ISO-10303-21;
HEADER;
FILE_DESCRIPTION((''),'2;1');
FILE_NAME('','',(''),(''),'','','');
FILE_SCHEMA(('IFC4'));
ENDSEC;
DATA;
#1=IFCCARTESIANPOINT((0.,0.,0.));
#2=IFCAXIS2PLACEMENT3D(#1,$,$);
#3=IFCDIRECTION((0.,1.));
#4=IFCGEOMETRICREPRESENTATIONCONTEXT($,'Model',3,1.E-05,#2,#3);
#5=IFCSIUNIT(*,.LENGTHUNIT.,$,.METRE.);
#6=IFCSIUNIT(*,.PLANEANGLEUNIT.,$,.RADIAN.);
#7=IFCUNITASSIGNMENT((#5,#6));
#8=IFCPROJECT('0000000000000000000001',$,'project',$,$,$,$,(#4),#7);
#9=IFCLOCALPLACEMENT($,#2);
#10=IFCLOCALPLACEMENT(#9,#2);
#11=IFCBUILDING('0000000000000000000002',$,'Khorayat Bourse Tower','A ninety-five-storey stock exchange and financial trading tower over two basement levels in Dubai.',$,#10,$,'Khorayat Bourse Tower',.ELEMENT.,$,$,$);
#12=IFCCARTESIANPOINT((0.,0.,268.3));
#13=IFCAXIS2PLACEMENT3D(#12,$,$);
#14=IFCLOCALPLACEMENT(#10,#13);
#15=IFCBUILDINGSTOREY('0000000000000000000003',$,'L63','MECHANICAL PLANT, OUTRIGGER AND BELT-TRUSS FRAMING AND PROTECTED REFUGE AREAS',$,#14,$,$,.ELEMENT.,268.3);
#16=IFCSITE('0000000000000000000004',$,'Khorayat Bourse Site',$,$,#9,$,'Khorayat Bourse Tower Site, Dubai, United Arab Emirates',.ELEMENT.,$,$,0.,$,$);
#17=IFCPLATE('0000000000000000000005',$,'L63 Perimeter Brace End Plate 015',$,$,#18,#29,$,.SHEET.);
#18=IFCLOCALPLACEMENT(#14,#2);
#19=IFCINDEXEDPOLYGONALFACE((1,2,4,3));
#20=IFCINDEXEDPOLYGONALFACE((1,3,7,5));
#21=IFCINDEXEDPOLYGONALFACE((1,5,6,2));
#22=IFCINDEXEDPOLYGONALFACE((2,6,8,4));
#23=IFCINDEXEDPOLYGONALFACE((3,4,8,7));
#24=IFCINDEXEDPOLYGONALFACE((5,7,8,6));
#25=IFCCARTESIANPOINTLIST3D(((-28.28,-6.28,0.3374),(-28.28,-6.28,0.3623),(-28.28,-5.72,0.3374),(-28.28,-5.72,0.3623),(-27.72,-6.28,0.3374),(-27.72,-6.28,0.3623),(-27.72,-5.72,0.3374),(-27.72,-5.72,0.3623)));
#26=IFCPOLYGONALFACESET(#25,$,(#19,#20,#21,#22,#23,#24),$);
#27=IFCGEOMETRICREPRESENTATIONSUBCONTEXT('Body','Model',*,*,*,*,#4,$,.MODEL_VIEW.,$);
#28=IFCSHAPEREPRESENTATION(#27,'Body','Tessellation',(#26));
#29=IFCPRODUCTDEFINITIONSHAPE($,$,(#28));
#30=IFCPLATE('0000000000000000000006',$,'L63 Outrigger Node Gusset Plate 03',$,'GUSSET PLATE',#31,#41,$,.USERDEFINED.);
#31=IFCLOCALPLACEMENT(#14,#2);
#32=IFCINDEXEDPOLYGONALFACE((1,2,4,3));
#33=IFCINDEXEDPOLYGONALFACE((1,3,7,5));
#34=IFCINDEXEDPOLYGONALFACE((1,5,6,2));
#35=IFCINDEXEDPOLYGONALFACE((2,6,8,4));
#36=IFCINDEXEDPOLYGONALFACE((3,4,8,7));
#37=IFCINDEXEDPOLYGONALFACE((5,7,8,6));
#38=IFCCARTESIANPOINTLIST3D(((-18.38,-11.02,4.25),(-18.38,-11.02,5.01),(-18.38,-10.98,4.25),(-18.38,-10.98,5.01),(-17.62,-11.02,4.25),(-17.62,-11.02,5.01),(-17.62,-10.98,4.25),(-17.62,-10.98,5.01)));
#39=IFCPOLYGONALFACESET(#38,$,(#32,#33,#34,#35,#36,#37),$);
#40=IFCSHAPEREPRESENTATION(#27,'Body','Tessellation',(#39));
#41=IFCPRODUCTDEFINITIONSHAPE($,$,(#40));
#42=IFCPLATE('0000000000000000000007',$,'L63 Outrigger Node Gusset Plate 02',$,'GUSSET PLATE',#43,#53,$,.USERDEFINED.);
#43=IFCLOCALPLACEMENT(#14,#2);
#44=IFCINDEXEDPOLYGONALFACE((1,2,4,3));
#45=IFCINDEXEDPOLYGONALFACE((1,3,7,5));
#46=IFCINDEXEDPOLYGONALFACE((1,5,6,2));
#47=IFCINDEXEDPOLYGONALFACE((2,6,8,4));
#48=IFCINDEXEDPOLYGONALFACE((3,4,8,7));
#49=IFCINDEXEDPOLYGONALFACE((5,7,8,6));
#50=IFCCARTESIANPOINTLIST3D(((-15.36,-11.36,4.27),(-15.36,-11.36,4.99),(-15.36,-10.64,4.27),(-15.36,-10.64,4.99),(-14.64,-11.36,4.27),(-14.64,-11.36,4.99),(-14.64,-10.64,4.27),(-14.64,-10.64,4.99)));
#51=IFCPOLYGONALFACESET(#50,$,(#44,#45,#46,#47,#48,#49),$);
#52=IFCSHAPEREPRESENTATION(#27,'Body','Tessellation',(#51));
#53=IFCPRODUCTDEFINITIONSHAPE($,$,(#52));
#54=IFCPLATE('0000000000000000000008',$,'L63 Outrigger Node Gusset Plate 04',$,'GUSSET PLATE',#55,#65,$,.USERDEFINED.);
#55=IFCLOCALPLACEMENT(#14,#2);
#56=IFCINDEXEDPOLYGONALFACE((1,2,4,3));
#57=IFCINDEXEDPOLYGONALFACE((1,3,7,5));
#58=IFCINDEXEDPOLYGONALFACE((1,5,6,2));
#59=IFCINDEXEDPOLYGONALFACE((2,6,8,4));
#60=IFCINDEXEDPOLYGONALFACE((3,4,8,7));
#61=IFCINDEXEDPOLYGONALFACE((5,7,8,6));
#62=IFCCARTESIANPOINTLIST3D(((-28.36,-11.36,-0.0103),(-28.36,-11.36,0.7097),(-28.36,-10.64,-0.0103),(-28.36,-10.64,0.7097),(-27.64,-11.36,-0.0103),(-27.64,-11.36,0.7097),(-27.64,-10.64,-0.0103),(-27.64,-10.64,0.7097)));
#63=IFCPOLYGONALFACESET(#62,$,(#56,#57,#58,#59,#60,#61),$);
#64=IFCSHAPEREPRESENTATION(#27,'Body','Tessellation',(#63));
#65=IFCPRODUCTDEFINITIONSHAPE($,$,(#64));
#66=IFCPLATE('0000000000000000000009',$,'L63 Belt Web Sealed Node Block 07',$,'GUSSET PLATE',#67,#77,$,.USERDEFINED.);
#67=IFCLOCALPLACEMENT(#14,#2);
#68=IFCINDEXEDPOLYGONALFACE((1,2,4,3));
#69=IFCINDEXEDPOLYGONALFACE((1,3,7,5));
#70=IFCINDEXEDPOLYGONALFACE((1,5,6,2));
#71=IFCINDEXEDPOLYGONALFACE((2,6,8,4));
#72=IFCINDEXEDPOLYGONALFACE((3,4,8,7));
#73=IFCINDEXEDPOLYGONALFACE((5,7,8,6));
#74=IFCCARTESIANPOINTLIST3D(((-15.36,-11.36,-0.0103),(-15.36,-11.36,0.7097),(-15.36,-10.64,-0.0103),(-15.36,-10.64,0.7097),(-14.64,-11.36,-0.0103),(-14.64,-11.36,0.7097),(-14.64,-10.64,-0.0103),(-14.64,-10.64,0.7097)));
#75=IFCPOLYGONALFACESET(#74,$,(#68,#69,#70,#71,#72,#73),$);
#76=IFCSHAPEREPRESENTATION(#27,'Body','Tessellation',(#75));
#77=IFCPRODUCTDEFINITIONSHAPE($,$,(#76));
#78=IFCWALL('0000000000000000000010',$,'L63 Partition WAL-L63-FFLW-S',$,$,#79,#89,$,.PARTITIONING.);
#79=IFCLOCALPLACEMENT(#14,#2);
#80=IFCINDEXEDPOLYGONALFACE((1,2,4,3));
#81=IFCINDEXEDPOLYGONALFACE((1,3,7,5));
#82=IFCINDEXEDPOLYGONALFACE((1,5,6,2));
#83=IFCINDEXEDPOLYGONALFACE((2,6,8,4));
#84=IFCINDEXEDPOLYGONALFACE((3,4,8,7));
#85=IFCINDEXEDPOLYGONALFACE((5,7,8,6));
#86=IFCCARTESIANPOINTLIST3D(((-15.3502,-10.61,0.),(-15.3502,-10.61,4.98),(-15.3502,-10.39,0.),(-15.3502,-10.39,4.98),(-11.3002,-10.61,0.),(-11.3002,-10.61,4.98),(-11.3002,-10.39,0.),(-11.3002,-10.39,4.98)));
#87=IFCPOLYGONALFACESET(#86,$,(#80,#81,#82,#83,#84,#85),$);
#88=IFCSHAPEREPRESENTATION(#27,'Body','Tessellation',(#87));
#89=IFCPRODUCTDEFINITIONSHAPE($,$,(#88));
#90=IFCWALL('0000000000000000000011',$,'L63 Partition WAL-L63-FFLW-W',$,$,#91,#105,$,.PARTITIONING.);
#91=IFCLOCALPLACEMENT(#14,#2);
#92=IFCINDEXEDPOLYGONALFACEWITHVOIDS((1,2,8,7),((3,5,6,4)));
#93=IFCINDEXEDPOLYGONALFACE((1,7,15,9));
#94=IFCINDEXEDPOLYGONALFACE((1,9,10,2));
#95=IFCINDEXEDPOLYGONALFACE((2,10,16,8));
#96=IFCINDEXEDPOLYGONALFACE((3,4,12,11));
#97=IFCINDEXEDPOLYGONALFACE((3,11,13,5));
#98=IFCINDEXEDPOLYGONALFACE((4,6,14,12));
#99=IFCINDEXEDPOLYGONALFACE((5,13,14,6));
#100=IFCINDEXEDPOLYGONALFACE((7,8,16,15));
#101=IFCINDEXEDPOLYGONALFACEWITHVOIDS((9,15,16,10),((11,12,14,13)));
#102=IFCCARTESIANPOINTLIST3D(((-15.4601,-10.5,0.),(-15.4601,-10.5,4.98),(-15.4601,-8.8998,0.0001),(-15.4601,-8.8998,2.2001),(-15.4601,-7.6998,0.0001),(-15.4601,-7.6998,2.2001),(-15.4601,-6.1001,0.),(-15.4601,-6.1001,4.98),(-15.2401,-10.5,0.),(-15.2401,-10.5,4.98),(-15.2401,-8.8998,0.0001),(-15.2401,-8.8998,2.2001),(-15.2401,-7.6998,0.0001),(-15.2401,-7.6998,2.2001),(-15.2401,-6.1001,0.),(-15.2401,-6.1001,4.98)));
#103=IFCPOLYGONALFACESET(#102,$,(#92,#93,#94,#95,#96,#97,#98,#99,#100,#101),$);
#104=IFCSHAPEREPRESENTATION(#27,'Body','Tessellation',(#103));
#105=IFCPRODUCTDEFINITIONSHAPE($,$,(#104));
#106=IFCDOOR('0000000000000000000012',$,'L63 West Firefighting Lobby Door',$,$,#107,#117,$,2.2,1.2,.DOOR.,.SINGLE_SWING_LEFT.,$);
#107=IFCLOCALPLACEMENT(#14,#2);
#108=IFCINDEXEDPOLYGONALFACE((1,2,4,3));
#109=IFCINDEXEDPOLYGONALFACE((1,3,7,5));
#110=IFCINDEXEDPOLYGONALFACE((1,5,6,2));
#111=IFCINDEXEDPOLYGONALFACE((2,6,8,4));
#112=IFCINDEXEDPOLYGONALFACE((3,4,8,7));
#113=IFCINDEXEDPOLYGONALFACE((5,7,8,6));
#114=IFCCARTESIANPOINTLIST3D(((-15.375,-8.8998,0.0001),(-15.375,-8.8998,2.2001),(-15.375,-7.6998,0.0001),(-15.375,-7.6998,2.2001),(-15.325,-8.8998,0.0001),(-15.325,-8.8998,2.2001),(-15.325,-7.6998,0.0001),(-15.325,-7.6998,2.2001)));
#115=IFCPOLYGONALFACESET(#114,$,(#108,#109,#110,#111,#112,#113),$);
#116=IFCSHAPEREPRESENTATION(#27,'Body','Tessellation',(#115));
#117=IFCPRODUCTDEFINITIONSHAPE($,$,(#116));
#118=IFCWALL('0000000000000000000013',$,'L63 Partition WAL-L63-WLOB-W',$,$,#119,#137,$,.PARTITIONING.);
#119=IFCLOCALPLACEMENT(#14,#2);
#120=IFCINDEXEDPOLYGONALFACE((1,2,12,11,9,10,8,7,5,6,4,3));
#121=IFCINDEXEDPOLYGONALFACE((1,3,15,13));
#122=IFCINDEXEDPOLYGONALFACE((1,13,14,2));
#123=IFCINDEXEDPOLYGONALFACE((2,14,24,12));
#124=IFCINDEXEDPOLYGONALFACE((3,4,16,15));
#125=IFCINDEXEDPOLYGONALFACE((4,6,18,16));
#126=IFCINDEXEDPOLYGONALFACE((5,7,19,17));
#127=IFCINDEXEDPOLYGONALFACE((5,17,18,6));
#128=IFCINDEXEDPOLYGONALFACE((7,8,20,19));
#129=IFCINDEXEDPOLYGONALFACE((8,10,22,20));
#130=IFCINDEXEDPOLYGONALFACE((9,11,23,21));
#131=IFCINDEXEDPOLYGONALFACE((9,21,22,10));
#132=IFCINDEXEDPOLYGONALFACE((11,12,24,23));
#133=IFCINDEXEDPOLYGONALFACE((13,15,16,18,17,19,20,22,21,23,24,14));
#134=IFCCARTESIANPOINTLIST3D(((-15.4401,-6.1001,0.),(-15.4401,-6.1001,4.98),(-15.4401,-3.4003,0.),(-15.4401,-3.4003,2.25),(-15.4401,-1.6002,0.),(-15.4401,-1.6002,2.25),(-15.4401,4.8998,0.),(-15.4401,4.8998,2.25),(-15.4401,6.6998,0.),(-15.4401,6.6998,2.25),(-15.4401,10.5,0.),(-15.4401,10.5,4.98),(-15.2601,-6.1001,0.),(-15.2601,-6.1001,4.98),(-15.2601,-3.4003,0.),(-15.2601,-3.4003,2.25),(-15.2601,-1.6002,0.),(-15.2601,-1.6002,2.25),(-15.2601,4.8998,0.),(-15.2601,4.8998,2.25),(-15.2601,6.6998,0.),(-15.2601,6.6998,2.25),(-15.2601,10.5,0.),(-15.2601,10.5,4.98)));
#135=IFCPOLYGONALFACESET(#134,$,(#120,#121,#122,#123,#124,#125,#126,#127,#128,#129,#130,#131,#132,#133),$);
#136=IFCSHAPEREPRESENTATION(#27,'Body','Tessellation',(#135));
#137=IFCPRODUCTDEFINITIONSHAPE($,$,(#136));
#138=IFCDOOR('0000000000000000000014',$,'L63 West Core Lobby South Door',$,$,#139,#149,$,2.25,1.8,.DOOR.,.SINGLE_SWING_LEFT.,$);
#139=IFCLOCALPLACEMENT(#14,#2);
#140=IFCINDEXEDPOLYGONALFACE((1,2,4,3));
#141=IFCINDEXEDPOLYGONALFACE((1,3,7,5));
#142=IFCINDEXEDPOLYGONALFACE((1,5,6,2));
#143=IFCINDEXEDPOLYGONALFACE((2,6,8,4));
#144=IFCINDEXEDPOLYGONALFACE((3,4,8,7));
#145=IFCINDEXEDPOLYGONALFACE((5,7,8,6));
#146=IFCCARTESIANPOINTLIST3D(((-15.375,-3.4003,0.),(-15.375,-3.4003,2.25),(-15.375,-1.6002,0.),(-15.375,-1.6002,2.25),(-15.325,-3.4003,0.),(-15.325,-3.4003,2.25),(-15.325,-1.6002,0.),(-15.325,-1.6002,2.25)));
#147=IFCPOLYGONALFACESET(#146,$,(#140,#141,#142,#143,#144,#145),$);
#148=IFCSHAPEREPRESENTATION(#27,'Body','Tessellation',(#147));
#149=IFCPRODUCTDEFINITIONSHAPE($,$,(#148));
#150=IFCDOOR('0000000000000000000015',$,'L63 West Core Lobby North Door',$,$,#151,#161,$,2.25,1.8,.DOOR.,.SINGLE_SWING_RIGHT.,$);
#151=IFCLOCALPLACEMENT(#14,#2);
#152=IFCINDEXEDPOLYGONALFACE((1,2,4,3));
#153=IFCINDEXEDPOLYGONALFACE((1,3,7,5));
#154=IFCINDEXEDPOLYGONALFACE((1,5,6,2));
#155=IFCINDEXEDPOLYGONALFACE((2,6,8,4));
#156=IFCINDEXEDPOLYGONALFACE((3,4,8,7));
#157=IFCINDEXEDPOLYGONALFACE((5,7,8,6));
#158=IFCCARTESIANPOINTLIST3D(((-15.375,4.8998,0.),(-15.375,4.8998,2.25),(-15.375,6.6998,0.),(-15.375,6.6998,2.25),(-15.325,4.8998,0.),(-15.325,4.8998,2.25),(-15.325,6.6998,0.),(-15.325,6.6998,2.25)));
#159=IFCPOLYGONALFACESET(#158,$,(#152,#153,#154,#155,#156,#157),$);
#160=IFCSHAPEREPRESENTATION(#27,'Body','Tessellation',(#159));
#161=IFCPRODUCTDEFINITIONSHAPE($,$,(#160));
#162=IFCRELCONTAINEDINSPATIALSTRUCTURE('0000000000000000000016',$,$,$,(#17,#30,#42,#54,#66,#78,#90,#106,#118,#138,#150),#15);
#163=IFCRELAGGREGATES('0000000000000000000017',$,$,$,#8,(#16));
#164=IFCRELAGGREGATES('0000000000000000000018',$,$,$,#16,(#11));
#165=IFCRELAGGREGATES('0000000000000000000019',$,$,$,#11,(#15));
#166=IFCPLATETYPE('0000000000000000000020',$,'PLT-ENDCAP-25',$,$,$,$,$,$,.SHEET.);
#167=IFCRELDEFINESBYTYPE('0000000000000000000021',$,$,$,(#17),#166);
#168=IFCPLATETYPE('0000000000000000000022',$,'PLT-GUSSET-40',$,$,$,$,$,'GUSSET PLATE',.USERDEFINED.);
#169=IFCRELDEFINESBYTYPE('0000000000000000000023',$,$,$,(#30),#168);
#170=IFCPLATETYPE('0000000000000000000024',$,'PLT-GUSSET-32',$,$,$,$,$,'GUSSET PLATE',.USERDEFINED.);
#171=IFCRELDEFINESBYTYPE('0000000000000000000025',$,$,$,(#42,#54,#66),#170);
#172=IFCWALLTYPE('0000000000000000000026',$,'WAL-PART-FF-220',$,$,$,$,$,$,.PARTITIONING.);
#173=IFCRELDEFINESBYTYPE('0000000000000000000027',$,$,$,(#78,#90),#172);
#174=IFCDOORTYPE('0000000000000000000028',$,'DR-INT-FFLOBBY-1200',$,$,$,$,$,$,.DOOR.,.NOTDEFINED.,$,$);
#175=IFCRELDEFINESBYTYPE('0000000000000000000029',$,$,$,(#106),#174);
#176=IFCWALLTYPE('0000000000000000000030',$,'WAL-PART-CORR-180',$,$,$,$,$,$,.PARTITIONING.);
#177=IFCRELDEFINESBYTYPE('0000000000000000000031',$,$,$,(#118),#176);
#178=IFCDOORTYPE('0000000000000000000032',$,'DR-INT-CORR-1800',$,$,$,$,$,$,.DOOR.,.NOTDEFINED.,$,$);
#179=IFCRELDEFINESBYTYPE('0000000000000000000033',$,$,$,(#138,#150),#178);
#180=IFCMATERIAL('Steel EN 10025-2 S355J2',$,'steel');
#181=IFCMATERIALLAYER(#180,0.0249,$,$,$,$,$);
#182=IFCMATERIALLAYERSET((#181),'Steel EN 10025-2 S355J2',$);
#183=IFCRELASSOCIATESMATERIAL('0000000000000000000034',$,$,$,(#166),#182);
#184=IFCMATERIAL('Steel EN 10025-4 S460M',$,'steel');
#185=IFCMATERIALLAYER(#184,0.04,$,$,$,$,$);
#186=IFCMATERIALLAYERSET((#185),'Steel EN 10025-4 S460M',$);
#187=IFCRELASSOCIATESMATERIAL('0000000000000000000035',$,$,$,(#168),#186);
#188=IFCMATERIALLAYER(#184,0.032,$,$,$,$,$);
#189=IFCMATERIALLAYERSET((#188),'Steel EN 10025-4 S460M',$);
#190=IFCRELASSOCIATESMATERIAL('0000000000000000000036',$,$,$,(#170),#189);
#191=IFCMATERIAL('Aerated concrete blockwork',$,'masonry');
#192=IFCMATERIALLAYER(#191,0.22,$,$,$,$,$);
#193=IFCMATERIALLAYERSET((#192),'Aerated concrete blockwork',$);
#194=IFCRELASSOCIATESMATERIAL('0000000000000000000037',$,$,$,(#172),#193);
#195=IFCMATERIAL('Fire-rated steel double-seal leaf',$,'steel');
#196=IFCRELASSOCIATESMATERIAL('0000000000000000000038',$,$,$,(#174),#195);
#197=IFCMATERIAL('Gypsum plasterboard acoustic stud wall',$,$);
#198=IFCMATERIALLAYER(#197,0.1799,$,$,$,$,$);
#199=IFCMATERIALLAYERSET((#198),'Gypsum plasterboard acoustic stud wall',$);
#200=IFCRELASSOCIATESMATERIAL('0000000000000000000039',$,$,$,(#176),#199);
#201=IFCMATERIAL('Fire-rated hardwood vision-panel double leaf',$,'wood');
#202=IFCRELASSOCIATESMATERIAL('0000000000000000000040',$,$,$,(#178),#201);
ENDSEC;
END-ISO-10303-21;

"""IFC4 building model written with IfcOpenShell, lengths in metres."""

from ifc_helpers import new_model, si_unit, direction, frame, frame_2d, origin, origin_2d, place, context, subcontext, project, spatial, rectangle, extrude, source, transform, mapped, material, layer, layer_set, type_object, element, fill, save


model = new_model("IFC4")

# Units and contexts
model_context = context("Model", 3, precision=1e-05, world=origin(), true_north=direction((0.0, 1.0)))
body_context = subcontext(model_context, "Body", "Model", "MODEL_VIEW")
ifc_project = project(units=[si_unit("LENGTHUNIT", "METRE"), si_unit("PLANEANGLEUNIT", "RADIAN")], contexts=[model_context])

# Site, building, storey
site_placement = place(None, origin())
site = spatial("IfcSite", under=ifc_project, at=site_placement, Name="Khorayat Bourse Site", LongName="Khorayat Bourse Tower Site, Dubai, United Arab Emirates", CompositionType="ELEMENT", RefElevation=0.0)
building_placement = place(site_placement, origin())
building = spatial("IfcBuilding", under=site, at=building_placement, Name="Khorayat Bourse Tower", Description="A ninety-five-storey stock exchange and financial trading tower over two basement levels in Dubai.", LongName="Khorayat Bourse Tower", CompositionType="ELEMENT")
storey_placement = place(building_placement, frame((0.0, 0.0, 268.3)))
storey = spatial("IfcBuildingStorey", under=building, at=storey_placement, Name="L63", Description="MECHANICAL PLANT, OUTRIGGER AND BELT-TRUSS FRAMING AND PROTECTED REFUGE AREAS", CompositionType="ELEMENT", Elevation=268.3)

# Shared definitions
ifc_material_1 = material(Name="Steel EN 10025-4 S460M", Category="steel")

# Plates
ifc_material_2 = material(Name="Steel EN 10025-2 S355J2", Category="steel")
ifc_layer_1 = layer(ifc_material_2, 0.0249)
ifc_layer_set_1 = layer_set([ifc_layer_1], Name="Steel EN 10025-2 S355J2")
plate_type_1 = type_object("IfcPlateType", Name="PLT-ENDCAP-25", PredefinedType="SHEET", material=ifc_layer_set_1)
shared_shape_1 = source(origin(), body_context, "Body", "SweptSolid", [
    extrude(rectangle(XDim=0.5601, YDim=0.5601, at=origin_2d()), origin(), (0.0, 0.0, 1.0), 0.0249),
])
for number, where, z_axis, x_axis, name in (
    (1, (-28.0, -6.0, 0.3374), (0.0, 0.0, 1.0), (1.0, 0.0, 0.0), "L63 Perimeter Brace End Plate 015"),
):
    element("IfcPlate", number, at=place(storey_placement, frame(where, z_axis=z_axis, x_axis=x_axis)), inside=storey, type_object=plate_type_1, Name=name, PredefinedType="SHEET", context=body_context, shape_type="MappedRepresentation", body=[
        mapped(shared_shape_1, transform((0.0, 0.0, 0.0), scale=1.0)),
    ])
ifc_layer_2 = layer(ifc_material_1, 0.04)
ifc_layer_set_2 = layer_set([ifc_layer_2], Name="Steel EN 10025-4 S460M")
plate_type_2 = type_object("IfcPlateType", Name="PLT-GUSSET-40", ElementType="GUSSET PLATE", PredefinedType="USERDEFINED", material=ifc_layer_set_2)
shared_shape_2 = source(origin(), body_context, "Body", "SweptSolid", [
    extrude(rectangle(XDim=0.76, YDim=0.04, at=origin_2d()), origin(), (0.0, 0.0, 1.0), 0.76),
])
plate_placement = place(storey_placement, frame((-18.0, -11.0, 4.25), z_axis=(0.0, 0.0, 1.0), x_axis=(1.0, 0.0, 0.0)))
element("IfcPlate", 2, at=plate_placement, inside=storey, type_object=plate_type_2, Name="L63 Outrigger Node Gusset Plate 03", ObjectType="GUSSET PLATE", PredefinedType="USERDEFINED", context=body_context, shape_type="MappedRepresentation", body=[
    mapped(shared_shape_2, transform((0.0, 0.0, 0.0), scale=1.0)),
])
ifc_layer_3 = layer(ifc_material_1, 0.032)
ifc_layer_set_3 = layer_set([ifc_layer_3], Name="Steel EN 10025-4 S460M")
plate_type_3 = type_object("IfcPlateType", Name="PLT-GUSSET-32", ElementType="GUSSET PLATE", PredefinedType="USERDEFINED", material=ifc_layer_set_3)
shared_shape_3 = source(origin(), body_context, "Body", "SweptSolid", [
    extrude(rectangle(XDim=0.72, YDim=0.72, at=origin_2d()), origin(), (0.0, 0.0, 1.0), 0.72),
])
for number, where, z_axis, x_axis, name in (
    (3, (-15.0, -11.0, 4.27), (0.0, 0.0, 1.0), (1.0, 0.0, 0.0), "L63 Outrigger Node Gusset Plate 02"),
    (4, (-28.0, -11.0, -0.0103), (0.0, 0.0, 1.0), (1.0, 0.0, 0.0), "L63 Outrigger Node Gusset Plate 04"),
    (5, (-15.0, -11.0, -0.0103), (0.0, 0.0, 1.0), (1.0, 0.0, 0.0), "L63 Belt Web Sealed Node Block 07"),
):
    element("IfcPlate", number, at=place(storey_placement, frame(where, z_axis=z_axis, x_axis=x_axis)), inside=storey, type_object=plate_type_3, Name=name, ObjectType="GUSSET PLATE", PredefinedType="USERDEFINED", context=body_context, shape_type="MappedRepresentation", body=[
        mapped(shared_shape_3, transform((0.0, 0.0, 0.0), scale=1.0)),
    ])

# Wall
ifc_material_3 = material(Name="Aerated concrete blockwork", Category="masonry")
ifc_layer_4 = layer(ifc_material_3, 0.22)
ifc_layer_set_4 = layer_set([ifc_layer_4], Name="Aerated concrete blockwork")
wall_type_1 = type_object("IfcWallType", Name="WAL-PART-FF-220", PredefinedType="PARTITIONING", material=ifc_layer_set_4)
shared_shape_4 = source(origin(), body_context, "Body", "SweptSolid", [
    extrude(rectangle(XDim=4.05, YDim=0.22, at=frame_2d((2.0249, 0.0))), origin(), (0.0, 0.0, 1.0), 4.98),
])
wall_1_placement = place(storey_placement, frame((-15.3501, -10.5, 0.0), z_axis=(0.0, 0.0, 1.0), x_axis=(1.0, 0.0, 0.0)))
element("IfcWall", 6, at=wall_1_placement, inside=storey, type_object=wall_type_1, Name="L63 Partition WAL-L63-FFLW-S", PredefinedType="PARTITIONING", context=body_context, shape_type="MappedRepresentation", body=[
    mapped(shared_shape_4, transform((0.0, 0.0, 0.0), scale=1.0)),
])

# Wall, opening, door
shared_shape_5 = source(origin(), body_context, "Body", "SweptSolid", [
    extrude(rectangle(XDim=4.3999, YDim=0.22, at=frame_2d((2.2, 0.0))), origin(), (0.0, 0.0, 1.0), 4.98),
])
wall_2_placement = place(storey_placement, frame((-15.3501, -10.5, 0.0), z_axis=(0.0, 0.0, 1.0), x_axis=(0.0, 1.0, 0.0)))
wall_2 = element("IfcWall", 7, at=wall_2_placement, inside=storey, type_object=wall_type_1, Name="L63 Partition WAL-L63-FFLW-W", PredefinedType="PARTITIONING", context=body_context, shape_type="MappedRepresentation", body=[
    mapped(shared_shape_5, transform((0.0, 0.0, 0.0), scale=1.0)),
])
shared_shape_6 = source(origin(), body_context, "Body", "SweptSolid", [
    extrude(rectangle(XDim=1.2, YDim=2.2, at=frame_2d((0.6001, 1.1001))), frame((0.0, 0.1199, 0.0), z_axis=(0.0, -1.0, 0.0), x_axis=(1.0, 0.0, 0.0)), (0.0, 0.0, 1.0), 0.24),
])
opening_1_placement = place(wall_2_placement, frame((1.6001, 0.0, 0.0)))
opening_1 = element("IfcOpeningElement", 8, at=opening_1_placement, cuts=wall_2, PredefinedType="OPENING", context=body_context, shape_type="MappedRepresentation", body=[
    mapped(shared_shape_6, transform((0.0, 0.0, 0.0), scale=1.0)),
])
ifc_material_4 = material(Name="Fire-rated steel double-seal leaf", Category="steel")
door_type_1 = type_object("IfcDoorType", Name="DR-INT-FFLOBBY-1200", OperationType="NOTDEFINED", PredefinedType="DOOR", material=ifc_material_4)
shared_shape_7 = source(origin(), body_context, "Body", "SweptSolid", [
    extrude(rectangle(XDim=1.2, YDim=2.2, at=frame_2d((0.6001, 1.1001))), frame((0.0, 0.0249, 0.0), z_axis=(0.0, -1.0, 0.0), x_axis=(1.0, 0.0, 0.0)), (0.0, 0.0, 1.0), 0.05),
])
door_1_placement = place(opening_1_placement, origin())
door_1 = element("IfcDoor", 9, at=door_1_placement, inside=storey, type_object=door_type_1, Name="L63 West Firefighting Lobby Door", OperationType="SINGLE_SWING_LEFT", OverallHeight=2.2, OverallWidth=1.2, PredefinedType="DOOR", context=body_context, shape_type="MappedRepresentation", body=[
    mapped(shared_shape_7, transform((0.0, 0.0, 0.0), scale=1.0)),
])
fill(opening_1, door_1)

# Wall, openings, doors
ifc_material_5 = material(Name="Gypsum plasterboard acoustic stud wall")
ifc_layer_5 = layer(ifc_material_5, 0.1799)
ifc_layer_set_5 = layer_set([ifc_layer_5], Name="Gypsum plasterboard acoustic stud wall")
wall_type_2 = type_object("IfcWallType", Name="WAL-PART-CORR-180", PredefinedType="PARTITIONING", material=ifc_layer_set_5)
shared_shape_8 = source(origin(), body_context, "Body", "SweptSolid", [
    extrude(rectangle(XDim=16.6001, YDim=0.1799, at=frame_2d((8.3, 0.0))), origin(), (0.0, 0.0, 1.0), 4.98),
])
wall_3_placement = place(storey_placement, frame((-15.3501, -6.1001, 0.0), z_axis=(0.0, 0.0, 1.0), x_axis=(0.0, 1.0, 0.0)))
wall_3 = element("IfcWall", 10, at=wall_3_placement, inside=storey, type_object=wall_type_2, Name="L63 Partition WAL-L63-WLOB-W", PredefinedType="PARTITIONING", context=body_context, shape_type="MappedRepresentation", body=[
    mapped(shared_shape_8, transform((0.0, 0.0, 0.0), scale=1.0)),
])
shared_shape_9 = source(origin(), body_context, "Body", "SweptSolid", [
    extrude(rectangle(XDim=1.8, YDim=2.25, at=frame_2d((0.8999, 1.125))), frame((0.0, 0.0999, 0.0), z_axis=(0.0, -1.0, 0.0), x_axis=(1.0, 0.0, 0.0)), (0.0, 0.0, 1.0), 0.2),
])
opening_2_placement = place(wall_3_placement, frame((2.7, 0.0, 0.0)))
opening_2 = element("IfcOpeningElement", 11, at=opening_2_placement, cuts=wall_3, PredefinedType="OPENING", context=body_context, shape_type="MappedRepresentation", body=[
    mapped(shared_shape_9, transform((0.0, 0.0, 0.0), scale=1.0)),
])
opening_3_placement = place(wall_3_placement, frame((11.0, 0.0, 0.0)))
opening_3 = element("IfcOpeningElement", 12, at=opening_3_placement, cuts=wall_3, PredefinedType="OPENING", context=body_context, shape_type="MappedRepresentation", body=[
    mapped(shared_shape_9, transform((0.0, 0.0, 0.0), scale=1.0)),
])
ifc_material_6 = material(Name="Fire-rated hardwood vision-panel double leaf", Category="wood")
door_type_2 = type_object("IfcDoorType", Name="DR-INT-CORR-1800", OperationType="NOTDEFINED", PredefinedType="DOOR", material=ifc_material_6)
shared_shape_10 = source(origin(), body_context, "Body", "SweptSolid", [
    extrude(rectangle(XDim=1.8, YDim=2.25, at=frame_2d((0.8999, 1.125))), frame((0.0, 0.0249, 0.0), z_axis=(0.0, -1.0, 0.0), x_axis=(1.0, 0.0, 0.0)), (0.0, 0.0, 1.0), 0.05),
])
door_2_placement = place(opening_2_placement, origin())
door_2 = element("IfcDoor", 13, at=door_2_placement, inside=storey, type_object=door_type_2, Name="L63 West Core Lobby South Door", OperationType="SINGLE_SWING_LEFT", OverallHeight=2.25, OverallWidth=1.8, PredefinedType="DOOR", context=body_context, shape_type="MappedRepresentation", body=[
    mapped(shared_shape_10, transform((0.0, 0.0, 0.0), scale=1.0)),
])
fill(opening_2, door_2)
door_3_placement = place(opening_3_placement, origin())
door_3 = element("IfcDoor", 14, at=door_3_placement, inside=storey, type_object=door_type_2, Name="L63 West Core Lobby North Door", OperationType="SINGLE_SWING_RIGHT", OverallHeight=2.25, OverallWidth=1.8, PredefinedType="DOOR", context=body_context, shape_type="MappedRepresentation", body=[
    mapped(shared_shape_10, transform((0.0, 0.0, 0.0), scale=1.0)),
])
fill(opening_3, door_3)

save(model, "model.ifc")
